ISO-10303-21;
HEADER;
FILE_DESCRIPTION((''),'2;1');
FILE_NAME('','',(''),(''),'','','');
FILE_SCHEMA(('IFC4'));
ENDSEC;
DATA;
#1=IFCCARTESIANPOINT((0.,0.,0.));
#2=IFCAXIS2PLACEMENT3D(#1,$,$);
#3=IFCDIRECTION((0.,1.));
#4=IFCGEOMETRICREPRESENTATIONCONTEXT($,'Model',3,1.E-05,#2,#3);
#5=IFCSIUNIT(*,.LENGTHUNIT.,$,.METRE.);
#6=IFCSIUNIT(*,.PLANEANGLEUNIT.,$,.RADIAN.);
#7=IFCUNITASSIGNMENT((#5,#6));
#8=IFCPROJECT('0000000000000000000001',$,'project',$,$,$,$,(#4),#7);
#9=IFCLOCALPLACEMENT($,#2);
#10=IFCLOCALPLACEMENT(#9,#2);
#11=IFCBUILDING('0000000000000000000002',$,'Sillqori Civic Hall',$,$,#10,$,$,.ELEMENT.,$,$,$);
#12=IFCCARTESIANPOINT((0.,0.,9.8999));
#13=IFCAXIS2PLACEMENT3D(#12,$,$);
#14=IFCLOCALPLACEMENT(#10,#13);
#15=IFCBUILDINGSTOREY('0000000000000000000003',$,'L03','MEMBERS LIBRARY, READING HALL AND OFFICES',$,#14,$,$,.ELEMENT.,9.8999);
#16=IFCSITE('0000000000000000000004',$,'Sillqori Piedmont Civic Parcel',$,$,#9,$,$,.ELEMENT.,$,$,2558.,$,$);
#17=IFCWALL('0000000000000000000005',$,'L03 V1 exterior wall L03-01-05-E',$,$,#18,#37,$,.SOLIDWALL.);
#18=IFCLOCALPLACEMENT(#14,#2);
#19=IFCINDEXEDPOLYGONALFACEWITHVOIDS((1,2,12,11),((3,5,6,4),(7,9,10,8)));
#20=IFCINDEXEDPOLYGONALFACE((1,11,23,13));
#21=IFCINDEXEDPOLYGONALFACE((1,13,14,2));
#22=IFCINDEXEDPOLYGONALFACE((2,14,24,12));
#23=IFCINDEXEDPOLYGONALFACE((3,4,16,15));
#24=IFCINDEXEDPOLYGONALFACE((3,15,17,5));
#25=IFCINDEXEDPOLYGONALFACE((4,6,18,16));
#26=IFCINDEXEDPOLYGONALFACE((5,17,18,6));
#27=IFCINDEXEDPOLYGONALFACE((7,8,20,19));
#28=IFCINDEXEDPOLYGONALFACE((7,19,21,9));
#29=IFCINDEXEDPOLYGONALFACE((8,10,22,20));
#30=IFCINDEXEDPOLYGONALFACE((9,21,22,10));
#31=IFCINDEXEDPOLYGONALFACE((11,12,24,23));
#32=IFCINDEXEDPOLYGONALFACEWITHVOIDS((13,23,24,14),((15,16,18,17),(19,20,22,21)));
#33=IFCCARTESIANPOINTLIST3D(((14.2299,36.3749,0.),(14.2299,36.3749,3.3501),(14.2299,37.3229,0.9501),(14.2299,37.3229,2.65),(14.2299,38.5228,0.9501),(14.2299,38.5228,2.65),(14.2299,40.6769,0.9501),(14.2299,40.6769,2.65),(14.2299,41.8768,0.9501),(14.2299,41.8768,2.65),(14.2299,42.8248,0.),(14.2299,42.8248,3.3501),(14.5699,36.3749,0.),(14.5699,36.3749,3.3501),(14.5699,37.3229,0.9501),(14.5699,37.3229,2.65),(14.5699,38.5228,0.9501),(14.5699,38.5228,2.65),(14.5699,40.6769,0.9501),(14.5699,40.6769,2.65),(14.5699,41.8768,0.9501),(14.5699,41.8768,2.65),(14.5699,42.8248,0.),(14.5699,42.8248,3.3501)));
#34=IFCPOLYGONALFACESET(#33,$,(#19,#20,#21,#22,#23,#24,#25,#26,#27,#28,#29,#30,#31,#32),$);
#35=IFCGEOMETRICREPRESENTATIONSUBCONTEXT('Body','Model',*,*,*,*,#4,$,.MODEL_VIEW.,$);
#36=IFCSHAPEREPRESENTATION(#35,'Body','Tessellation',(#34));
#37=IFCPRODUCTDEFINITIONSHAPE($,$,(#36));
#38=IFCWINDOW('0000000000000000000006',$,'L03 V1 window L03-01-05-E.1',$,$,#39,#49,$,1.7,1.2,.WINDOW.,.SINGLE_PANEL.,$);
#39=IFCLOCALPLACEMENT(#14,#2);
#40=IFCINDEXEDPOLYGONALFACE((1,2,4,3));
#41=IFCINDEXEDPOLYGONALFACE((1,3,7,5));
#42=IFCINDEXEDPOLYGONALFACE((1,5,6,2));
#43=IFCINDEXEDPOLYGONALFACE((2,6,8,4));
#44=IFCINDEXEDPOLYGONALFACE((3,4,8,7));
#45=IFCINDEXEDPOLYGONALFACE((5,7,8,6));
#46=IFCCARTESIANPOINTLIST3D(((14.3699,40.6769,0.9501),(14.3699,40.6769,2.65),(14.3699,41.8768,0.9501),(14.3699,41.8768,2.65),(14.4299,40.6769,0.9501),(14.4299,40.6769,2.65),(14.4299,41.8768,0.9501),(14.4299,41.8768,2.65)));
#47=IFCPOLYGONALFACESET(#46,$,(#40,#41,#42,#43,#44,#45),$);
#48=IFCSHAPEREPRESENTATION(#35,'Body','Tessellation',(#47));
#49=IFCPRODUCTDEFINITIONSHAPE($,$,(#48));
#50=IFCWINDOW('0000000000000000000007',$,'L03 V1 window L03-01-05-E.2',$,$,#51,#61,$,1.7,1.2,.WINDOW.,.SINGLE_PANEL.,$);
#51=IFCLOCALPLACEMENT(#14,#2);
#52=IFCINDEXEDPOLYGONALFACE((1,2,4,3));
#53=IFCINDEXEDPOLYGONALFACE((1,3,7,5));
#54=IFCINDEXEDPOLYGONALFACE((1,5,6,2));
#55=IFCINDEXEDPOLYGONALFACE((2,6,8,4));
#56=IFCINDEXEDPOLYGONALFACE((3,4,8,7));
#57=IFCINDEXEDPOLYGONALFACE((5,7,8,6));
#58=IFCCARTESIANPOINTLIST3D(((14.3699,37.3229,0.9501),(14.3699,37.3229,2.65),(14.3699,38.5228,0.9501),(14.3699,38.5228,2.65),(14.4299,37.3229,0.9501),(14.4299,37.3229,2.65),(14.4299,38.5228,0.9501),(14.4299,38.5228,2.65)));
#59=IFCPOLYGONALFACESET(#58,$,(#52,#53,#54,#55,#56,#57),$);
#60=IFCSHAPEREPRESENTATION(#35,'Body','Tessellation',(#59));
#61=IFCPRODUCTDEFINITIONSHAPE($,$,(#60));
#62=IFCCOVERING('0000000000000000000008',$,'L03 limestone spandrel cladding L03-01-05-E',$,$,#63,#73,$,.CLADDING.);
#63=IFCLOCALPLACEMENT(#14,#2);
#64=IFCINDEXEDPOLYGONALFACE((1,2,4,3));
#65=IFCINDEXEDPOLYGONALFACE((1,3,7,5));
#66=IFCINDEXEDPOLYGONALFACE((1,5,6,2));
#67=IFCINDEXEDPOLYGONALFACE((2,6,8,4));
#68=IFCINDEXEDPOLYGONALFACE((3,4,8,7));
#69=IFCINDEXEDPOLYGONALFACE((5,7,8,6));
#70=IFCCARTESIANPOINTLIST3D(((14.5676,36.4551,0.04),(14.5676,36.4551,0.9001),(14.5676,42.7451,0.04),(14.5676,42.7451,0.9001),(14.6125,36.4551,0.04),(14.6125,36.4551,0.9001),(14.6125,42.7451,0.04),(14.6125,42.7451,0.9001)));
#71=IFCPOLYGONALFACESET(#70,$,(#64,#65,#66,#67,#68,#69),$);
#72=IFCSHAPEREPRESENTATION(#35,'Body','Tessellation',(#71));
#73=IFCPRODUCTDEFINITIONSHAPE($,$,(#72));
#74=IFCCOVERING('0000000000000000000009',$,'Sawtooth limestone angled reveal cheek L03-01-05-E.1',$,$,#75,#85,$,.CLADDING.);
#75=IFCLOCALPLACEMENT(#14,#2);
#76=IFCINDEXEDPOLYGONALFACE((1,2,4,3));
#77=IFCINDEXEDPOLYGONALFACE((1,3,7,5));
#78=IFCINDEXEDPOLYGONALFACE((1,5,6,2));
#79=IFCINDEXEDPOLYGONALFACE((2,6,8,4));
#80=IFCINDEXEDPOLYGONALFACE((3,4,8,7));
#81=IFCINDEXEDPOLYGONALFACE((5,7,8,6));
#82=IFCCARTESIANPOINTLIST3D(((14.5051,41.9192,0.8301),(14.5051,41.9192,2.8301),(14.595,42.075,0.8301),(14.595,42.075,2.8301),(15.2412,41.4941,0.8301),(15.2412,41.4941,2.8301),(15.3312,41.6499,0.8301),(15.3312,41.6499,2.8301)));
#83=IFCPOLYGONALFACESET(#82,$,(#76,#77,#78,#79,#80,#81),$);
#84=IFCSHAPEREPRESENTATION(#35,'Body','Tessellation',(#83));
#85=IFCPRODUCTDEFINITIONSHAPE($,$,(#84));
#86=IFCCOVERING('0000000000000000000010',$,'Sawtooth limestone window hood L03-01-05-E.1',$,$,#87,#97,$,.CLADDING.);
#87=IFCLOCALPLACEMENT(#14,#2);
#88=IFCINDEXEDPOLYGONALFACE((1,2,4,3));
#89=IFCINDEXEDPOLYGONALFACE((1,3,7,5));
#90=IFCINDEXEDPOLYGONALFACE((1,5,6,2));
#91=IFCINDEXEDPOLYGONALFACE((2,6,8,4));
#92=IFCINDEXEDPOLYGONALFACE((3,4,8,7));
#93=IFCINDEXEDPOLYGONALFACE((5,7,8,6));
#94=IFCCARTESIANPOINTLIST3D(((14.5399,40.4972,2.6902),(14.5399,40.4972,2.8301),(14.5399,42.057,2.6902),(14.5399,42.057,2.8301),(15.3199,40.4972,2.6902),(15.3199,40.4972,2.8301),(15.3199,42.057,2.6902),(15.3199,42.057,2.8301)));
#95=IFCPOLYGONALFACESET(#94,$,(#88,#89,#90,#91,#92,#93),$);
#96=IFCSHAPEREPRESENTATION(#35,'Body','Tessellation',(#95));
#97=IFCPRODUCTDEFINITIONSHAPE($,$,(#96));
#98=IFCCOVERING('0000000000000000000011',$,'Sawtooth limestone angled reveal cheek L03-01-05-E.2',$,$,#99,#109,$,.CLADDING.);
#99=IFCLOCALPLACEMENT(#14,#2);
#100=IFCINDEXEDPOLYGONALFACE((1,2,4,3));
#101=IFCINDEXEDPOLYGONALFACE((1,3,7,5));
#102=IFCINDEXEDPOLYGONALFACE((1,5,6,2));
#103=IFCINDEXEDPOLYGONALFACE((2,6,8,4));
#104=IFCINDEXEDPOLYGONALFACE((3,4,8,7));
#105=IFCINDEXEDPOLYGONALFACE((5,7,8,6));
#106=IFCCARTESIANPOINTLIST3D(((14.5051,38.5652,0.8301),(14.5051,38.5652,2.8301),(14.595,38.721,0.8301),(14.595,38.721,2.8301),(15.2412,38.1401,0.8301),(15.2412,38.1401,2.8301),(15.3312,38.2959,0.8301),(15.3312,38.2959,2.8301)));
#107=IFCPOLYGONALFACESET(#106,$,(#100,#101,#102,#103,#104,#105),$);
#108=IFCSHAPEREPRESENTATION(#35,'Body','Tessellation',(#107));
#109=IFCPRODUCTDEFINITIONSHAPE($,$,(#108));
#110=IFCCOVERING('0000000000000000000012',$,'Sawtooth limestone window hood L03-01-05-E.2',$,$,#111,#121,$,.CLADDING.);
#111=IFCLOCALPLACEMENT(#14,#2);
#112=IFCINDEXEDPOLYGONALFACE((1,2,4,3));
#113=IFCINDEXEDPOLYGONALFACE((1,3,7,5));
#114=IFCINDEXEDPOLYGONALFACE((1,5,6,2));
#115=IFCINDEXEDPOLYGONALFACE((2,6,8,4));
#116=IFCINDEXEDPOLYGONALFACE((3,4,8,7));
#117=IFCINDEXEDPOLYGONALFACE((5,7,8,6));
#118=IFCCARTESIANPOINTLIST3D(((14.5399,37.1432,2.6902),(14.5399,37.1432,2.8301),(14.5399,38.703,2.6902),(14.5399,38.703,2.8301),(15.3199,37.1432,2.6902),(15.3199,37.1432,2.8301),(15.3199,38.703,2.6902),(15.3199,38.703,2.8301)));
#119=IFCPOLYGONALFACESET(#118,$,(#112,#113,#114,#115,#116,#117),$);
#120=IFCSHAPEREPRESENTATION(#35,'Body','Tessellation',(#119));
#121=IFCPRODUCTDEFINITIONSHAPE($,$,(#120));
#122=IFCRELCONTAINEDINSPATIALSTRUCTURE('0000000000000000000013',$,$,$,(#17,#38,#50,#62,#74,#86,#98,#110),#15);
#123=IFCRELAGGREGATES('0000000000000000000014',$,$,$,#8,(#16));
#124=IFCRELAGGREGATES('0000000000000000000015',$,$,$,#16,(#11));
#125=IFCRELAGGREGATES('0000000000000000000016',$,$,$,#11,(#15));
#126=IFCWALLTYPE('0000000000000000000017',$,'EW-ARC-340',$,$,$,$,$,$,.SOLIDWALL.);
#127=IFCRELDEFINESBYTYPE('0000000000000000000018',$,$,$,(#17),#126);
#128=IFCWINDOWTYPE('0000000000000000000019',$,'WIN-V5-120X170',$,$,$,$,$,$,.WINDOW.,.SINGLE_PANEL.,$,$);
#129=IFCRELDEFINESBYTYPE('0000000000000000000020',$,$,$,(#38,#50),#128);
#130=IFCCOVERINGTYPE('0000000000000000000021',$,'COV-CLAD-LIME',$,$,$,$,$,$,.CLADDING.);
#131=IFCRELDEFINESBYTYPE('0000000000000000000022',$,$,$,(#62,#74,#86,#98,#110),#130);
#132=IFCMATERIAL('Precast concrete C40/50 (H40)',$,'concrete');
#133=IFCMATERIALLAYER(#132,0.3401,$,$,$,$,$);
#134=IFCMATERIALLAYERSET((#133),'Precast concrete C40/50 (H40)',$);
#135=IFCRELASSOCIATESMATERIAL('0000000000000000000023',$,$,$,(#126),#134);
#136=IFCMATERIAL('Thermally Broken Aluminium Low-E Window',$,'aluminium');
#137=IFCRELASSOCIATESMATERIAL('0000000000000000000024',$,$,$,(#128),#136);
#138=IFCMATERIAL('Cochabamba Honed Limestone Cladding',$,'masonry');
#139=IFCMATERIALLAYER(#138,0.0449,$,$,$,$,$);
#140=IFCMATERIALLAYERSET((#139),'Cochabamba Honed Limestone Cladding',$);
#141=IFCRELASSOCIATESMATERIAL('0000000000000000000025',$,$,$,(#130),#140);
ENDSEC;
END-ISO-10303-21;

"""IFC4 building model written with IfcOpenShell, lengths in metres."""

from ifc_helpers import new_model, si_unit, direction, frame, frame_2d, origin, place, context, subcontext, project, spatial, rectangle, extrude, material, layer, layer_set, type_object, element, fill, save


model = new_model("IFC4")

# Units and contexts
model_context = context("Model", 3, precision=1e-05, world=origin(), true_north=direction((0.0, 1.0)))
body_context = subcontext(model_context, "Body", "Model", "MODEL_VIEW")
ifc_project = project(units=[si_unit("LENGTHUNIT", "METRE"), si_unit("PLANEANGLEUNIT", "RADIAN")], contexts=[model_context])

# Site, building, storey
site_placement = place(None, origin())
site = spatial("IfcSite", under=ifc_project, at=site_placement, Name="Sillqori Piedmont Civic Parcel", CompositionType="ELEMENT", RefElevation=2558.0)
building_placement = place(site_placement, origin())
building = spatial("IfcBuilding", under=site, at=building_placement, Name="Sillqori Civic Hall", CompositionType="ELEMENT")
storey_placement = place(building_placement, frame((0.0, 0.0, 9.8999)))
storey = spatial("IfcBuildingStorey", under=building, at=storey_placement, Name="L03", Description="MEMBERS LIBRARY, READING HALL AND OFFICES", CompositionType="ELEMENT", Elevation=9.8999)

# Shared definitions
ifc_material_1 = material(Name="Precast concrete C40/50 (H40)", Category="concrete")

# Wall, openings, windows
ifc_layer_1 = layer(ifc_material_1, 0.3401)
ifc_layer_set_1 = layer_set([ifc_layer_1], Name="Precast concrete C40/50 (H40)")
wall_type = type_object("IfcWallType", Name="EW-ARC-340", PredefinedType="SOLIDWALL", material=ifc_layer_set_1)
wall_placement = place(storey_placement, frame((14.3999, 42.825, 0.0), z_axis=(0.0, 0.0, 1.0), x_axis=(0.0, -1.0, 0.0)))
wall = element("IfcWall", 1, at=wall_placement, inside=storey, type_object=wall_type, Name="L03 V1 exterior wall L03-01-05-E", PredefinedType="SOLIDWALL", context=body_context, shape_type="SweptSolid", body=[
    extrude(rectangle(XDim=6.45, YDim=0.3401, at=frame_2d((3.2251, 0.0))), origin(), (0.0, 0.0, 1.0), 3.3501),
])
opening_1_placement = place(wall_placement, frame((0.948, 0.0, 0.95)))
opening_1 = element("IfcOpeningElement", 2, at=opening_1_placement, cuts=wall, PredefinedType="OPENING", context=body_context, shape_type="SweptSolid", body=[
    extrude(rectangle(XDim=1.2, YDim=1.7, at=frame_2d((0.6001, 0.8501))), frame((0.0, 0.1799, 0.0), z_axis=(0.0, -1.0, 0.0), x_axis=(1.0, 0.0, 0.0)), (0.0, 0.0, 1.0), 0.3601),
])
opening_2_placement = place(wall_placement, frame((4.302, 0.0, 0.95)))
opening_2 = element("IfcOpeningElement", 3, at=opening_2_placement, cuts=wall, PredefinedType="OPENING", context=body_context, shape_type="SweptSolid", body=[
    extrude(rectangle(XDim=1.2, YDim=1.7, at=frame_2d((0.6001, 0.8501))), frame((0.0, 0.1799, 0.0), z_axis=(0.0, -1.0, 0.0), x_axis=(1.0, 0.0, 0.0)), (0.0, 0.0, 1.0), 0.3601),
])
ifc_material_2 = material(Name="Thermally Broken Aluminium Low-E Window", Category="aluminium")
window_type = type_object("IfcWindowType", Name="WIN-V5-120X170", PartitioningType="SINGLE_PANEL", PredefinedType="WINDOW", material=ifc_material_2)
window_1_placement = place(opening_1_placement, origin())
window_1 = element("IfcWindow", 4, at=window_1_placement, inside=storey, type_object=window_type, Name="L03 V1 window L03-01-05-E.1", OverallHeight=1.7, OverallWidth=1.2, PartitioningType="SINGLE_PANEL", PredefinedType="WINDOW", context=body_context, shape_type="SweptSolid", body=[
    extrude(rectangle(XDim=1.2, YDim=1.7, at=frame_2d((0.6001, 0.8501))), frame((0.0, 0.03, 0.0), z_axis=(0.0, -1.0, 0.0), x_axis=(1.0, 0.0, 0.0)), (0.0, 0.0, 1.0), 0.0601),
])
fill(opening_1, window_1)
window_2_placement = place(opening_2_placement, origin())
window_2 = element("IfcWindow", 5, at=window_2_placement, inside=storey, type_object=window_type, Name="L03 V1 window L03-01-05-E.2", OverallHeight=1.7, OverallWidth=1.2, PartitioningType="SINGLE_PANEL", PredefinedType="WINDOW", context=body_context, shape_type="SweptSolid", body=[
    extrude(rectangle(XDim=1.2, YDim=1.7, at=frame_2d((0.6001, 0.8501))), frame((0.0, 0.03, 0.0), z_axis=(0.0, -1.0, 0.0), x_axis=(1.0, 0.0, 0.0)), (0.0, 0.0, 1.0), 0.0601),
])
fill(opening_2, window_2)

# Coverings
ifc_material_3 = material(Name="Cochabamba Honed Limestone Cladding", Category="masonry")
ifc_layer_2 = layer(ifc_material_3, 0.0449)
ifc_layer_set_2 = layer_set([ifc_layer_2], Name="Cochabamba Honed Limestone Cladding")
covering_type = type_object("IfcCoveringType", Name="COV-CLAD-LIME", PredefinedType="CLADDING", material=ifc_layer_set_2)
covering_1_placement = place(storey_placement, frame((14.5901, 42.7451, 0.04), z_axis=(0.0, 0.0, 1.0), x_axis=(0.0, -1.0, 0.0)))
element("IfcCovering", 6, at=covering_1_placement, inside=storey, type_object=covering_type, Name="L03 limestone spandrel cladding L03-01-05-E", PredefinedType="CLADDING", context=body_context, shape_type="SweptSolid", body=[
    extrude(rectangle(XDim=6.29, YDim=0.0449, at=frame_2d((3.145, 0.0))), origin(), (0.0, 0.0, 1.0), 0.8601),
])
covering_2_placement = place(storey_placement, frame((14.55, 41.9971, 0.8301), z_axis=(0.0, 0.0, 1.0), x_axis=(0.865989, -0.500062, 0.0)))
element("IfcCovering", 7, at=covering_2_placement, inside=storey, type_object=covering_type, Name="Sawtooth limestone angled reveal cheek L03-01-05-E.1", PredefinedType="CLADDING", context=body_context, shape_type="SweptSolid", body=[
    extrude(rectangle(XDim=0.8501, YDim=0.1799, at=frame_2d((0.425, 0.0))), origin(), (0.0, 0.0, 1.0), 2.0),
])
covering_3_placement = place(storey_placement, frame((14.9299, 42.0569, 2.6902), z_axis=(0.0, 0.0, 1.0), x_axis=(0.0, -1.0, 0.0)))
element("IfcCovering", 8, at=covering_3_placement, inside=storey, type_object=covering_type, Name="Sawtooth limestone window hood L03-01-05-E.1", PredefinedType="CLADDING", context=body_context, shape_type="SweptSolid", body=[
    extrude(rectangle(XDim=1.5598, YDim=0.78, at=frame_2d((0.7798, 0.0))), origin(), (0.0, 0.0, 1.0), 0.1399),
])
covering_4_placement = place(storey_placement, frame((14.55, 38.6431, 0.8301), z_axis=(0.0, 0.0, 1.0), x_axis=(0.865989, -0.500062, 0.0)))
element("IfcCovering", 9, at=covering_4_placement, inside=storey, type_object=covering_type, Name="Sawtooth limestone angled reveal cheek L03-01-05-E.2", PredefinedType="CLADDING", context=body_context, shape_type="SweptSolid", body=[
    extrude(rectangle(XDim=0.8501, YDim=0.1799, at=frame_2d((0.425, 0.0))), origin(), (0.0, 0.0, 1.0), 2.0),
])
covering_5_placement = place(storey_placement, frame((14.9299, 38.7029, 2.6902), z_axis=(0.0, 0.0, 1.0), x_axis=(0.0, -1.0, 0.0)))
element("IfcCovering", 10, at=covering_5_placement, inside=storey, type_object=covering_type, Name="Sawtooth limestone window hood L03-01-05-E.2", PredefinedType="CLADDING", context=body_context, shape_type="SweptSolid", body=[
    extrude(rectangle(XDim=1.5598, YDim=0.78, at=frame_2d((0.7798, 0.0))), origin(), (0.0, 0.0, 1.0), 0.1399),
])

save(model, "model.ifc")
